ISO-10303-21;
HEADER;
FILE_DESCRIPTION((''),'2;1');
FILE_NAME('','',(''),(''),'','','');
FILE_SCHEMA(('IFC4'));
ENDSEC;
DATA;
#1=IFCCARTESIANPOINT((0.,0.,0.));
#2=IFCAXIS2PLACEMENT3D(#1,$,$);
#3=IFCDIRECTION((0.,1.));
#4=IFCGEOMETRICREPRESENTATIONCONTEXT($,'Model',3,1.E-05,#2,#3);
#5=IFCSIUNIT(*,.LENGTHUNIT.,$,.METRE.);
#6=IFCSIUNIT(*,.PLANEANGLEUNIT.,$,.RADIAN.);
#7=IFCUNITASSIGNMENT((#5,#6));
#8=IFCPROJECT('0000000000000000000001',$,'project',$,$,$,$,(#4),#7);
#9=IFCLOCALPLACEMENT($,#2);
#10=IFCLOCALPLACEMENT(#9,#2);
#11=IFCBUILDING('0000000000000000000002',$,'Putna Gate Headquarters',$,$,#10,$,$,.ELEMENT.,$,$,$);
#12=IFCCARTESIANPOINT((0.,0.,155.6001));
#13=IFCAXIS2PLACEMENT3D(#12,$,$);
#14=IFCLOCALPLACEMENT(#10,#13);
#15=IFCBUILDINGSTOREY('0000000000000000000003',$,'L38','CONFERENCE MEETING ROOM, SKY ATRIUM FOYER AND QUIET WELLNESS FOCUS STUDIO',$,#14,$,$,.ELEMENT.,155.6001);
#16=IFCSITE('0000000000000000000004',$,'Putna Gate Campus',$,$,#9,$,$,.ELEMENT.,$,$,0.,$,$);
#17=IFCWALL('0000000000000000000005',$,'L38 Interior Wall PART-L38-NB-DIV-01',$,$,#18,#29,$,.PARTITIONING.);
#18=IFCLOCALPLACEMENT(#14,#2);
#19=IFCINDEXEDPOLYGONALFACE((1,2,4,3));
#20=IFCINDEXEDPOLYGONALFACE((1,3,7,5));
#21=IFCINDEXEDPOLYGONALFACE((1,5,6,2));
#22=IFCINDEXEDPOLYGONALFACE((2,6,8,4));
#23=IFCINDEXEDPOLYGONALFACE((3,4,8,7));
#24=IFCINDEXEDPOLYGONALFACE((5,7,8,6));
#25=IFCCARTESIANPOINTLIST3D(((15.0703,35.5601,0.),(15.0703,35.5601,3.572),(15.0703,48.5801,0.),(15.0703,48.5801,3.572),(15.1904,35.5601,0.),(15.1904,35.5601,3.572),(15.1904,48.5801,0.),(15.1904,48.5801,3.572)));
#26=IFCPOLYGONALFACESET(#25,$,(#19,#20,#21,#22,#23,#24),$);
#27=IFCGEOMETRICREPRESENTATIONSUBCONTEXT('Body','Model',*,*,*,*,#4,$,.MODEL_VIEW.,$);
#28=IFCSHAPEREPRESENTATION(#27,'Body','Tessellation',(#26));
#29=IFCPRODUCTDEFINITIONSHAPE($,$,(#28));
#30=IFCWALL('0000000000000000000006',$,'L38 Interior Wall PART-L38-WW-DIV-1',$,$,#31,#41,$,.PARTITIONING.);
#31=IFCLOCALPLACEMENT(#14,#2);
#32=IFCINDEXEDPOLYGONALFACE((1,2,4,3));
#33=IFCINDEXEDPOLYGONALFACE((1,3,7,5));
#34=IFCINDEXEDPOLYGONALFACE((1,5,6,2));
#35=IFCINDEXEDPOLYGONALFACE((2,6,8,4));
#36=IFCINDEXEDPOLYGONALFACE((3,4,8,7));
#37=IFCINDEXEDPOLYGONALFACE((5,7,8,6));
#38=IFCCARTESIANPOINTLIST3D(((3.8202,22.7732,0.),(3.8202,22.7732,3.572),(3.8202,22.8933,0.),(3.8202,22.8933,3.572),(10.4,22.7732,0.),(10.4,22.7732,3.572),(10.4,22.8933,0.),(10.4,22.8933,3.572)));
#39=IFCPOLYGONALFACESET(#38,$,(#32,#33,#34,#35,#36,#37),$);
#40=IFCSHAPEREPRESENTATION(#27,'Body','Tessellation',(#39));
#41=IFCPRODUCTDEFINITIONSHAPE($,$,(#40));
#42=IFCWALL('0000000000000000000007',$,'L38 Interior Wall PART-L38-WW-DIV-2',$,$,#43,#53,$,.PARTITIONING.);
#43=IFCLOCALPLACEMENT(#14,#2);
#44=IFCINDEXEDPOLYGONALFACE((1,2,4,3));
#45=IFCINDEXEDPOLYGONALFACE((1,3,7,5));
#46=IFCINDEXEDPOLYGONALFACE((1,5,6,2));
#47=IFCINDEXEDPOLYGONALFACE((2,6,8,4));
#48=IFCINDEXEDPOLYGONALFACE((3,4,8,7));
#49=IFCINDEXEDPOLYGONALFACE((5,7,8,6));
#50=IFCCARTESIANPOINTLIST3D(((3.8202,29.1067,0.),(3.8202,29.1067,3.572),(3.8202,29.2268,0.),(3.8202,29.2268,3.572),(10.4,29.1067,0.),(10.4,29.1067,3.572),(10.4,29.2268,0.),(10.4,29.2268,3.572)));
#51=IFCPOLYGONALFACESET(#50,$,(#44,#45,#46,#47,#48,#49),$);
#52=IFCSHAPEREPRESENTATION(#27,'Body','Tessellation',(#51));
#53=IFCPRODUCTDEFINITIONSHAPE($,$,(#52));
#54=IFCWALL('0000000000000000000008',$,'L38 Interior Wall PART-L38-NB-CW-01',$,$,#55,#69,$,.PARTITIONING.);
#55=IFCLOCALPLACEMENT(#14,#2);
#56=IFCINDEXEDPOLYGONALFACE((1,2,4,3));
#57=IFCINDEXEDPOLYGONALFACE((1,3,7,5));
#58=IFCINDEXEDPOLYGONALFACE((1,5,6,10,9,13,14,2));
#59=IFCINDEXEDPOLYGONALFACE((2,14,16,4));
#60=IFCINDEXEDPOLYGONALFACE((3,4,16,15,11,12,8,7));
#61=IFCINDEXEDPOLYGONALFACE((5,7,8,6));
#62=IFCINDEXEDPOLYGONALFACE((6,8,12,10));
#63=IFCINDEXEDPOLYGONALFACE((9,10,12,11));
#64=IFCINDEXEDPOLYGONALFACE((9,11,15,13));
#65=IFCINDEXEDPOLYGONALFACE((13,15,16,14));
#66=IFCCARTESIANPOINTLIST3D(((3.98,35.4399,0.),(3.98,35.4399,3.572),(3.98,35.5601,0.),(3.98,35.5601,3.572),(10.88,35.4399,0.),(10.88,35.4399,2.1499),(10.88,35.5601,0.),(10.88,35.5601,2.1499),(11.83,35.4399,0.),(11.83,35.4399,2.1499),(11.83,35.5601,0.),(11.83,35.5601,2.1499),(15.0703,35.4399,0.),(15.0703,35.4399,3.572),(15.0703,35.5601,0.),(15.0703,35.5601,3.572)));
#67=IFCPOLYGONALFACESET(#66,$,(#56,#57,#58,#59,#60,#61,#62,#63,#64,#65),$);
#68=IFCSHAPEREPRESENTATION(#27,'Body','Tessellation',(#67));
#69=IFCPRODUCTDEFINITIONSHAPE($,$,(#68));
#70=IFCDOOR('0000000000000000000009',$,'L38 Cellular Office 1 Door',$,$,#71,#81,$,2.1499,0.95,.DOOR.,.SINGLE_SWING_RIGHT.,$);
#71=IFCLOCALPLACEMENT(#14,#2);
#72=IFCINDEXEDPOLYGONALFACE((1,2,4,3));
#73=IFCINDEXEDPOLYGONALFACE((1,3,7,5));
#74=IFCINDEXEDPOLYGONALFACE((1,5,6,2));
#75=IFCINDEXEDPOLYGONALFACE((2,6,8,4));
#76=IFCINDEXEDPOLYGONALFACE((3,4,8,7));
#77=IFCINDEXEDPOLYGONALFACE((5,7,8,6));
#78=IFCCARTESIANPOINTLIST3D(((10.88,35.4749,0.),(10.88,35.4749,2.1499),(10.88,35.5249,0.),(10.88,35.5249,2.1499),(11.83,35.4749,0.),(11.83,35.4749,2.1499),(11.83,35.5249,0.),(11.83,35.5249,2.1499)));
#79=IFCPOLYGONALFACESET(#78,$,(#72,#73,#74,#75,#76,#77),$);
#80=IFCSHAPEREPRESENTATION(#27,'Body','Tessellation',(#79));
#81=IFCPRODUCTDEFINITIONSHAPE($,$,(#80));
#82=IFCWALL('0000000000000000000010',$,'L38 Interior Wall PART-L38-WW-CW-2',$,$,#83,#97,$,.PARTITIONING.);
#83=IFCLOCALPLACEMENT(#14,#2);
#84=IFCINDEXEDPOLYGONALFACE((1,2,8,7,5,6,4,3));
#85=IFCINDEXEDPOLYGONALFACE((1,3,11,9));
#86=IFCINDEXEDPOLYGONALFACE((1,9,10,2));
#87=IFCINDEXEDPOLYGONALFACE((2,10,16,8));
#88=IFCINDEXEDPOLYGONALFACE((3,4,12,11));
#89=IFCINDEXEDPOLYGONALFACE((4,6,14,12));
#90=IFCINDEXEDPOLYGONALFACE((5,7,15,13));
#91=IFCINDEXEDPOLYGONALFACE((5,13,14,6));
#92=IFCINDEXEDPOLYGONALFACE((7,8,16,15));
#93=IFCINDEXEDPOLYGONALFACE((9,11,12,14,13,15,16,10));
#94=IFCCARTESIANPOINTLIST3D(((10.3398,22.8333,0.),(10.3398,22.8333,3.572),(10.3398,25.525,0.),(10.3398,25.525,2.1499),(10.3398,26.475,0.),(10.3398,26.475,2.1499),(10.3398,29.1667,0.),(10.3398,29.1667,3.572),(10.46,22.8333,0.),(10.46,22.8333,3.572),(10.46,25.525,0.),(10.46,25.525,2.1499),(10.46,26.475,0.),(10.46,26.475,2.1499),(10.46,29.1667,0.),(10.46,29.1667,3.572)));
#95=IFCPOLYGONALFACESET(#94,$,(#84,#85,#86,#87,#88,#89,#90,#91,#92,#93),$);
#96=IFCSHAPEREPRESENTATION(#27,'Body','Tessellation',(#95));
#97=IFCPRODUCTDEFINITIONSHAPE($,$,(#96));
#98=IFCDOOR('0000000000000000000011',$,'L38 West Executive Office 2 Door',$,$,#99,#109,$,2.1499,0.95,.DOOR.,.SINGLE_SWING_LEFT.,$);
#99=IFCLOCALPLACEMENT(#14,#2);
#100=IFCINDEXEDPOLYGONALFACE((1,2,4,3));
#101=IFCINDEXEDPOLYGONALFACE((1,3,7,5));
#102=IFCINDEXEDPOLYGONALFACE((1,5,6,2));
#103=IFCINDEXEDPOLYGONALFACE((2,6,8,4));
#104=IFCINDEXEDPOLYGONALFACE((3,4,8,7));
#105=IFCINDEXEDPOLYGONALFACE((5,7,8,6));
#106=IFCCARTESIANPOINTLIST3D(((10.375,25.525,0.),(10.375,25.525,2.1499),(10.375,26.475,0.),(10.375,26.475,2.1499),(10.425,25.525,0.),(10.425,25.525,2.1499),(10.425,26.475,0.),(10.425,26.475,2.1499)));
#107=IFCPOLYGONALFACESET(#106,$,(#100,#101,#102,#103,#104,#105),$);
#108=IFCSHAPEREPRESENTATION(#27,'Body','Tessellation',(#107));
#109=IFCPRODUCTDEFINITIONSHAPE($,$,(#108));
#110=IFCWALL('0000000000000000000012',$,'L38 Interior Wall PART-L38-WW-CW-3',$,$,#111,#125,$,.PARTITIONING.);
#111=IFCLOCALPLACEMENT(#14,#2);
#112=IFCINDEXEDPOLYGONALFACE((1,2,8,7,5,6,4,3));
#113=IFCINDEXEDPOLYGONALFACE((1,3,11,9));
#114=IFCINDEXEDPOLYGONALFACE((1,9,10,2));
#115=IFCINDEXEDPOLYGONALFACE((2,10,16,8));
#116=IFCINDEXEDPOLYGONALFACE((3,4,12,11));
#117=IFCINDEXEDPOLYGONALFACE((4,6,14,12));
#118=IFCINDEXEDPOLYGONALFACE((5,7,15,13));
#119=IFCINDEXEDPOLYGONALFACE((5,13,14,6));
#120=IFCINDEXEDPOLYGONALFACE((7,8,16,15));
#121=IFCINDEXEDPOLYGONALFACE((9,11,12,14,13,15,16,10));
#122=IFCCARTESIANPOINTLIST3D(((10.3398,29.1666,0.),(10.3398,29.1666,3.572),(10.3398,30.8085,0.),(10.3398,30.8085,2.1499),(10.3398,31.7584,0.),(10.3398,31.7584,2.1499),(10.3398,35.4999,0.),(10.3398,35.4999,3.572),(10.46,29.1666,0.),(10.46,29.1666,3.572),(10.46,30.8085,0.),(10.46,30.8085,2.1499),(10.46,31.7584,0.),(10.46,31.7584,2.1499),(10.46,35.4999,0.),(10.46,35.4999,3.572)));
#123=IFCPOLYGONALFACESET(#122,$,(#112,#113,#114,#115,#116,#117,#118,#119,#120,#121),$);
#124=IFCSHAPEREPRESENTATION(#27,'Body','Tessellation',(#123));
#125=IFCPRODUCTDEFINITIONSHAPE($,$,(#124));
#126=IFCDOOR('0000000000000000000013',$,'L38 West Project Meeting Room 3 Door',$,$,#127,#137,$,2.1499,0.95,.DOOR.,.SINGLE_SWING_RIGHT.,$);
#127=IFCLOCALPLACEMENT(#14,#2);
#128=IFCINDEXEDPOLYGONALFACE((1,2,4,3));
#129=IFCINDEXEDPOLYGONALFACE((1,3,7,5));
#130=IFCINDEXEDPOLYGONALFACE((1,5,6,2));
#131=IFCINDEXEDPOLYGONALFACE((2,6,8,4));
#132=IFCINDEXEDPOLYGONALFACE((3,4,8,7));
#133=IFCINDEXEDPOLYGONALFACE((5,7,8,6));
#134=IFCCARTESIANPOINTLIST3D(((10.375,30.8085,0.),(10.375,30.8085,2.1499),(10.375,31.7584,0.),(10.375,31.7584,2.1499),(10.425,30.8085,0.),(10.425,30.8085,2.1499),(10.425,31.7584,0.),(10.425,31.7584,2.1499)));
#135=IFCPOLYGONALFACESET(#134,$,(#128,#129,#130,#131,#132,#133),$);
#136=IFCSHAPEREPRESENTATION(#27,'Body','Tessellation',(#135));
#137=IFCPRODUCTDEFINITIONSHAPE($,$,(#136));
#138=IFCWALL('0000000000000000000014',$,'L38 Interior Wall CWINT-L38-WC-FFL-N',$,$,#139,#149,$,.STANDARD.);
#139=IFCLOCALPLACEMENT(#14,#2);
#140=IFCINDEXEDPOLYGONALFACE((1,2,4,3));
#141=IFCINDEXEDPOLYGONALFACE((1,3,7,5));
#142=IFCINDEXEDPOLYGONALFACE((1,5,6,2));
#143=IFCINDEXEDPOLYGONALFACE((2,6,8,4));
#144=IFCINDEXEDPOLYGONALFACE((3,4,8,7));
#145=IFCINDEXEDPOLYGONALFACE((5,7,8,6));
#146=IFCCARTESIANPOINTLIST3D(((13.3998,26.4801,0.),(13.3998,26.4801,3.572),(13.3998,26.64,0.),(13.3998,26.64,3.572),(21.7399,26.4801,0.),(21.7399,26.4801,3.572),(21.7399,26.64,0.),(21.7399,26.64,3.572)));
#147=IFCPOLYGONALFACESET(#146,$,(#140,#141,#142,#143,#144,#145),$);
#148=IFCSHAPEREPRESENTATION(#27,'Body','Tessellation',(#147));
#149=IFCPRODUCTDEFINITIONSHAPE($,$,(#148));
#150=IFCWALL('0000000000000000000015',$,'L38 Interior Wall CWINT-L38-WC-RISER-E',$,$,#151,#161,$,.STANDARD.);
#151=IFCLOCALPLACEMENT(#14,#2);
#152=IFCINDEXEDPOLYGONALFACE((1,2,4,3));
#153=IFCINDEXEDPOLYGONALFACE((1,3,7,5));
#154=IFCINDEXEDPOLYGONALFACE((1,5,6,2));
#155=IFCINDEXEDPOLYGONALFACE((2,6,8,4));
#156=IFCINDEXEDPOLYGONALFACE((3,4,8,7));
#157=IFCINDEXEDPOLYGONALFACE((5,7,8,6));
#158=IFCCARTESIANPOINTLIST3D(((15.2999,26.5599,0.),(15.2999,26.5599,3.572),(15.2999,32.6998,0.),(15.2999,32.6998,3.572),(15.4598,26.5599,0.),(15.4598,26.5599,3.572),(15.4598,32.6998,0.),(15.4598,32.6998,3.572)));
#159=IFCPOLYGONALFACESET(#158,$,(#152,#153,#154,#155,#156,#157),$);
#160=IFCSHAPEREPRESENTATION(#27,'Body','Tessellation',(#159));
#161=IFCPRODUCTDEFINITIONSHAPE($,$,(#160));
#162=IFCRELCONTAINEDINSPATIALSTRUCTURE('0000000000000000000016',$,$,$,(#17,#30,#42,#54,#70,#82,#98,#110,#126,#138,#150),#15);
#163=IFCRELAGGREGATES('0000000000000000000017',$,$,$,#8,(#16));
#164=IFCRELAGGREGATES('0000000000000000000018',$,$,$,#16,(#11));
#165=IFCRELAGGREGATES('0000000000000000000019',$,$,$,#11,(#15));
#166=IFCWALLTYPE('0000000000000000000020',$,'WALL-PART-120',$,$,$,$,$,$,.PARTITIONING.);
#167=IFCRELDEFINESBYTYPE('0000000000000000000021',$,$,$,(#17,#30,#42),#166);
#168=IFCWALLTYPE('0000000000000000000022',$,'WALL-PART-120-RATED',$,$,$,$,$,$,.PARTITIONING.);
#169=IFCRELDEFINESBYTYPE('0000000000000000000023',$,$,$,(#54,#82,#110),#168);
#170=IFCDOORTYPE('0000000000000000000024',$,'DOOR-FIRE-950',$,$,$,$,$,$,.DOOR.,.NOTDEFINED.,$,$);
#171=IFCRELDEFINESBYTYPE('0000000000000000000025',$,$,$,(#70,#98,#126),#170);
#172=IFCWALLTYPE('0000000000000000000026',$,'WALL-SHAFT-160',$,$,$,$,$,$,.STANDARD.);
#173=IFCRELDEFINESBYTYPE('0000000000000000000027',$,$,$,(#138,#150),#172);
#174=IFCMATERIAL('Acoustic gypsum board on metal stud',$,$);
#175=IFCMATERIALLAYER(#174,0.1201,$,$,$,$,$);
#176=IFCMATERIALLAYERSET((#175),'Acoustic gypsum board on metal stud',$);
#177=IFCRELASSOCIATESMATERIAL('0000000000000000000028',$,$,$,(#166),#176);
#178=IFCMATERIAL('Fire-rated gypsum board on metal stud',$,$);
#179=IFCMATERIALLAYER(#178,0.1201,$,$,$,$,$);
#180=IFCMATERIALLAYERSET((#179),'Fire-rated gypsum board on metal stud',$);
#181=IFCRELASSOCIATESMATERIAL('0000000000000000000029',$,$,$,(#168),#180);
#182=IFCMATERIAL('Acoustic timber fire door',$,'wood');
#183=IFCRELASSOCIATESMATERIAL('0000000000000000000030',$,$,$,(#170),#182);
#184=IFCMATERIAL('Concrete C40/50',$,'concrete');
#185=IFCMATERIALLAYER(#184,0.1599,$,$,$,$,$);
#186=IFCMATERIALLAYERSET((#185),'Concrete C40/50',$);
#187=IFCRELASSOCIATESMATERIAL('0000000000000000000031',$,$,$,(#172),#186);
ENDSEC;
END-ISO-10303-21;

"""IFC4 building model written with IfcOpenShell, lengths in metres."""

from ifc_helpers import new_model, si_unit, direction, frame, frame_2d, origin, place, context, subcontext, project, spatial, rectangle, extrude, material, layer, layer_set, type_object, element, fill, save


model = new_model("IFC4")

# Units and contexts
model_context = context("Model", 3, precision=1e-05, world=origin(), true_north=direction((0.0, 1.0)))
body_context = subcontext(model_context, "Body", "Model", "MODEL_VIEW")
ifc_project = project(units=[si_unit("LENGTHUNIT", "METRE"), si_unit("PLANEANGLEUNIT", "RADIAN")], contexts=[model_context])

# Site, building, storey
site_placement = place(None, origin())
site = spatial("IfcSite", under=ifc_project, at=site_placement, Name="Putna Gate Campus", CompositionType="ELEMENT", RefElevation=0.0)
building_placement = place(site_placement, origin())
building = spatial("IfcBuilding", under=site, at=building_placement, Name="Putna Gate Headquarters", CompositionType="ELEMENT")
storey_placement = place(building_placement, frame((0.0, 0.0, 155.6001)))
storey = spatial("IfcBuildingStorey", under=building, at=storey_placement, Name="L38", Description="CONFERENCE MEETING ROOM, SKY ATRIUM FOYER AND QUIET WELLNESS FOCUS STUDIO", CompositionType="ELEMENT", Elevation=155.6001)

# Walls
ifc_material_1 = material(Name="Acoustic gypsum board on metal stud")
ifc_layer_1 = layer(ifc_material_1, 0.1201)
ifc_layer_set_1 = layer_set([ifc_layer_1], Name="Acoustic gypsum board on metal stud")
wall_type_1 = type_object("IfcWallType", Name="WALL-PART-120", PredefinedType="PARTITIONING", material=ifc_layer_set_1)
wall_1_placement = place(storey_placement, frame((15.1304, 35.5601, 0.0), z_axis=(0.0, 0.0, 1.0), x_axis=(0.0, 1.0, 0.0)))
element("IfcWall", 1, at=wall_1_placement, inside=storey, type_object=wall_type_1, Name="L38 Interior Wall PART-L38-NB-DIV-01", PredefinedType="PARTITIONING", context=body_context, shape_type="SweptSolid", body=[
    extrude(rectangle(XDim=13.02, YDim=0.1201, at=frame_2d((6.51, 0.0))), origin(), (0.0, 0.0, 1.0), 3.572),
])
for number, where, z_axis, x_axis, name in (
    (2, (3.8201, 22.8333, 0.0), (0.0, 0.0, 1.0), (1.0, 0.0, 0.0), "L38 Interior Wall PART-L38-WW-DIV-1"),
    (3, (3.8201, 29.1667, 0.0), (0.0, 0.0, 1.0), (1.0, 0.0, 0.0), "L38 Interior Wall PART-L38-WW-DIV-2"),
):
    element("IfcWall", number, at=place(storey_placement, frame(where, z_axis=z_axis, x_axis=x_axis)), inside=storey, type_object=wall_type_1, Name=name, PredefinedType="PARTITIONING", context=body_context, shape_type="SweptSolid", body=[
        extrude(rectangle(XDim=6.5798, YDim=0.1201, at=frame_2d((3.29, 0.0))), origin(), (0.0, 0.0, 1.0), 3.572),
    ])

# Walls, openings, doors
ifc_material_2 = material(Name="Fire-rated gypsum board on metal stud")
ifc_layer_2 = layer(ifc_material_2, 0.1201)
ifc_layer_set_2 = layer_set([ifc_layer_2], Name="Fire-rated gypsum board on metal stud")
wall_type_2 = type_object("IfcWallType", Name="WALL-PART-120-RATED", PredefinedType="PARTITIONING", material=ifc_layer_set_2)
wall_2_placement = place(storey_placement, frame((3.98, 35.5, 0.0), z_axis=(0.0, 0.0, 1.0), x_axis=(1.0, 0.0, 0.0)))
wall_2 = element("IfcWall", 4, at=wall_2_placement, inside=storey, type_object=wall_type_2, Name="L38 Interior Wall PART-L38-NB-CW-01", PredefinedType="PARTITIONING", context=body_context, shape_type="SweptSolid", body=[
    extrude(rectangle(XDim=11.0903, YDim=0.1201, at=frame_2d((5.5452, 0.0))), origin(), (0.0, 0.0, 1.0), 3.572),
])
opening_1_placement = place(wall_2_placement, frame((6.8999, 0.0, 0.0)))
opening_1 = element("IfcOpeningElement", 5, at=opening_1_placement, cuts=wall_2, PredefinedType="OPENING", context=body_context, shape_type="SweptSolid", body=[
    extrude(rectangle(XDim=0.95, YDim=2.1499, at=frame_2d((0.4751, 1.075))), frame((0.0, 0.0701, 0.0), z_axis=(0.0, -1.0, 0.0), x_axis=(1.0, 0.0, 0.0)), (0.0, 0.0, 1.0), 0.1401),
])
ifc_material_3 = material(Name="Acoustic timber fire door", Category="wood")
door_type_1 = type_object("IfcDoorType", Name="DOOR-FIRE-950", OperationType="NOTDEFINED", PredefinedType="DOOR", material=ifc_material_3)
door_1_placement = place(opening_1_placement, origin())
door_1 = element("IfcDoor", 6, at=door_1_placement, inside=storey, type_object=door_type_1, Name="L38 Cellular Office 1 Door", OperationType="SINGLE_SWING_RIGHT", OverallHeight=2.1499, OverallWidth=0.95, PredefinedType="DOOR", context=body_context, shape_type="SweptSolid", body=[
    extrude(rectangle(XDim=0.95, YDim=2.1499, at=frame_2d((0.4751, 1.075))), frame((0.0, 0.0249, 0.0), z_axis=(0.0, -1.0, 0.0), x_axis=(1.0, 0.0, 0.0)), (0.0, 0.0, 1.0), 0.05),
])
fill(opening_1, door_1)
wall_3_placement = place(storey_placement, frame((10.3999, 22.8333, 0.0), z_axis=(0.0, 0.0, 1.0), x_axis=(0.0, 1.0, 0.0)))
wall_3 = element("IfcWall", 7, at=wall_3_placement, inside=storey, type_object=wall_type_2, Name="L38 Interior Wall PART-L38-WW-CW-2", PredefinedType="PARTITIONING", context=body_context, shape_type="SweptSolid", body=[
    extrude(rectangle(XDim=6.3335, YDim=0.1201, at=frame_2d((3.1667, 0.0))), origin(), (0.0, 0.0, 1.0), 3.572),
])
opening_2_placement = place(wall_3_placement, frame((2.6917, 0.0, 0.0)))
opening_2 = element("IfcOpeningElement", 8, at=opening_2_placement, cuts=wall_3, PredefinedType="OPENING", context=body_context, shape_type="SweptSolid", body=[
    extrude(rectangle(XDim=0.95, YDim=2.1499, at=frame_2d((0.4751, 1.075))), frame((0.0, 0.0701, 0.0), z_axis=(0.0, -1.0, 0.0), x_axis=(1.0, 0.0, 0.0)), (0.0, 0.0, 1.0), 0.1401),
])
door_2_placement = place(opening_2_placement, origin())
door_2 = element("IfcDoor", 9, at=door_2_placement, inside=storey, type_object=door_type_1, Name="L38 West Executive Office 2 Door", OperationType="SINGLE_SWING_LEFT", OverallHeight=2.1499, OverallWidth=0.95, PredefinedType="DOOR", context=body_context, shape_type="SweptSolid", body=[
    extrude(rectangle(XDim=0.95, YDim=2.1499, at=frame_2d((0.4751, 1.075))), frame((0.0, 0.0249, 0.0), z_axis=(0.0, -1.0, 0.0), x_axis=(1.0, 0.0, 0.0)), (0.0, 0.0, 1.0), 0.05),
])
fill(opening_2, door_2)
wall_4_placement = place(storey_placement, frame((10.3999, 29.1667, 0.0), z_axis=(0.0, 0.0, 1.0), x_axis=(0.0, 1.0, 0.0)))
wall_4 = element("IfcWall", 10, at=wall_4_placement, inside=storey, type_object=wall_type_2, Name="L38 Interior Wall PART-L38-WW-CW-3", PredefinedType="PARTITIONING", context=body_context, shape_type="SweptSolid", body=[
    extrude(rectangle(XDim=6.3333, YDim=0.1201, at=frame_2d((3.1665, 0.0))), origin(), (0.0, 0.0, 1.0), 3.572),
])
opening_3_placement = place(wall_4_placement, frame((1.6416, 0.0, 0.0)))
opening_3 = element("IfcOpeningElement", 11, at=opening_3_placement, cuts=wall_4, PredefinedType="OPENING", context=body_context, shape_type="SweptSolid", body=[
    extrude(rectangle(XDim=0.95, YDim=2.1499, at=frame_2d((0.4751, 1.075))), frame((0.0, 0.0701, 0.0), z_axis=(0.0, -1.0, 0.0), x_axis=(1.0, 0.0, 0.0)), (0.0, 0.0, 1.0), 0.1401),
])
door_3_placement = place(opening_3_placement, origin())
door_3 = element("IfcDoor", 12, at=door_3_placement, inside=storey, type_object=door_type_1, Name="L38 West Project Meeting Room 3 Door", OperationType="SINGLE_SWING_RIGHT", OverallHeight=2.1499, OverallWidth=0.95, PredefinedType="DOOR", context=body_context, shape_type="SweptSolid", body=[
    extrude(rectangle(XDim=0.95, YDim=2.1499, at=frame_2d((0.4751, 1.075))), frame((0.0, 0.0249, 0.0), z_axis=(0.0, -1.0, 0.0), x_axis=(1.0, 0.0, 0.0)), (0.0, 0.0, 1.0), 0.05),
])
fill(opening_3, door_3)

# Walls
ifc_material_4 = material(Name="Concrete C40/50", Category="concrete")
ifc_layer_3 = layer(ifc_material_4, 0.1599)
ifc_layer_set_3 = layer_set([ifc_layer_3], Name="Concrete C40/50")
wall_type_3 = type_object("IfcWallType", Name="WALL-SHAFT-160", PredefinedType="STANDARD", material=ifc_layer_set_3)
wall_5_placement = place(storey_placement, frame((13.3999, 26.5601, 0.0), z_axis=(0.0, 0.0, 1.0), x_axis=(1.0, 0.0, 0.0)))
element("IfcWall", 13, at=wall_5_placement, inside=storey, type_object=wall_type_3, Name="L38 Interior Wall CWINT-L38-WC-FFL-N", PredefinedType="STANDARD", context=body_context, shape_type="SweptSolid", body=[
    extrude(rectangle(XDim=8.3401, YDim=0.1599, at=frame_2d((4.1699, 0.0))), origin(), (0.0, 0.0, 1.0), 3.572),
])
wall_6_placement = place(storey_placement, frame((15.3799, 26.5601, 0.0), z_axis=(0.0, 0.0, 1.0), x_axis=(0.0, 1.0, 0.0)))
element("IfcWall", 14, at=wall_6_placement, inside=storey, type_object=wall_type_3, Name="L38 Interior Wall CWINT-L38-WC-RISER-E", PredefinedType="STANDARD", context=body_context, shape_type="SweptSolid", body=[
    extrude(rectangle(XDim=6.1399, YDim=0.1599, at=frame_2d((3.0698, 0.0))), origin(), (0.0, 0.0, 1.0), 3.572),
])

save(model, "model.ifc")
